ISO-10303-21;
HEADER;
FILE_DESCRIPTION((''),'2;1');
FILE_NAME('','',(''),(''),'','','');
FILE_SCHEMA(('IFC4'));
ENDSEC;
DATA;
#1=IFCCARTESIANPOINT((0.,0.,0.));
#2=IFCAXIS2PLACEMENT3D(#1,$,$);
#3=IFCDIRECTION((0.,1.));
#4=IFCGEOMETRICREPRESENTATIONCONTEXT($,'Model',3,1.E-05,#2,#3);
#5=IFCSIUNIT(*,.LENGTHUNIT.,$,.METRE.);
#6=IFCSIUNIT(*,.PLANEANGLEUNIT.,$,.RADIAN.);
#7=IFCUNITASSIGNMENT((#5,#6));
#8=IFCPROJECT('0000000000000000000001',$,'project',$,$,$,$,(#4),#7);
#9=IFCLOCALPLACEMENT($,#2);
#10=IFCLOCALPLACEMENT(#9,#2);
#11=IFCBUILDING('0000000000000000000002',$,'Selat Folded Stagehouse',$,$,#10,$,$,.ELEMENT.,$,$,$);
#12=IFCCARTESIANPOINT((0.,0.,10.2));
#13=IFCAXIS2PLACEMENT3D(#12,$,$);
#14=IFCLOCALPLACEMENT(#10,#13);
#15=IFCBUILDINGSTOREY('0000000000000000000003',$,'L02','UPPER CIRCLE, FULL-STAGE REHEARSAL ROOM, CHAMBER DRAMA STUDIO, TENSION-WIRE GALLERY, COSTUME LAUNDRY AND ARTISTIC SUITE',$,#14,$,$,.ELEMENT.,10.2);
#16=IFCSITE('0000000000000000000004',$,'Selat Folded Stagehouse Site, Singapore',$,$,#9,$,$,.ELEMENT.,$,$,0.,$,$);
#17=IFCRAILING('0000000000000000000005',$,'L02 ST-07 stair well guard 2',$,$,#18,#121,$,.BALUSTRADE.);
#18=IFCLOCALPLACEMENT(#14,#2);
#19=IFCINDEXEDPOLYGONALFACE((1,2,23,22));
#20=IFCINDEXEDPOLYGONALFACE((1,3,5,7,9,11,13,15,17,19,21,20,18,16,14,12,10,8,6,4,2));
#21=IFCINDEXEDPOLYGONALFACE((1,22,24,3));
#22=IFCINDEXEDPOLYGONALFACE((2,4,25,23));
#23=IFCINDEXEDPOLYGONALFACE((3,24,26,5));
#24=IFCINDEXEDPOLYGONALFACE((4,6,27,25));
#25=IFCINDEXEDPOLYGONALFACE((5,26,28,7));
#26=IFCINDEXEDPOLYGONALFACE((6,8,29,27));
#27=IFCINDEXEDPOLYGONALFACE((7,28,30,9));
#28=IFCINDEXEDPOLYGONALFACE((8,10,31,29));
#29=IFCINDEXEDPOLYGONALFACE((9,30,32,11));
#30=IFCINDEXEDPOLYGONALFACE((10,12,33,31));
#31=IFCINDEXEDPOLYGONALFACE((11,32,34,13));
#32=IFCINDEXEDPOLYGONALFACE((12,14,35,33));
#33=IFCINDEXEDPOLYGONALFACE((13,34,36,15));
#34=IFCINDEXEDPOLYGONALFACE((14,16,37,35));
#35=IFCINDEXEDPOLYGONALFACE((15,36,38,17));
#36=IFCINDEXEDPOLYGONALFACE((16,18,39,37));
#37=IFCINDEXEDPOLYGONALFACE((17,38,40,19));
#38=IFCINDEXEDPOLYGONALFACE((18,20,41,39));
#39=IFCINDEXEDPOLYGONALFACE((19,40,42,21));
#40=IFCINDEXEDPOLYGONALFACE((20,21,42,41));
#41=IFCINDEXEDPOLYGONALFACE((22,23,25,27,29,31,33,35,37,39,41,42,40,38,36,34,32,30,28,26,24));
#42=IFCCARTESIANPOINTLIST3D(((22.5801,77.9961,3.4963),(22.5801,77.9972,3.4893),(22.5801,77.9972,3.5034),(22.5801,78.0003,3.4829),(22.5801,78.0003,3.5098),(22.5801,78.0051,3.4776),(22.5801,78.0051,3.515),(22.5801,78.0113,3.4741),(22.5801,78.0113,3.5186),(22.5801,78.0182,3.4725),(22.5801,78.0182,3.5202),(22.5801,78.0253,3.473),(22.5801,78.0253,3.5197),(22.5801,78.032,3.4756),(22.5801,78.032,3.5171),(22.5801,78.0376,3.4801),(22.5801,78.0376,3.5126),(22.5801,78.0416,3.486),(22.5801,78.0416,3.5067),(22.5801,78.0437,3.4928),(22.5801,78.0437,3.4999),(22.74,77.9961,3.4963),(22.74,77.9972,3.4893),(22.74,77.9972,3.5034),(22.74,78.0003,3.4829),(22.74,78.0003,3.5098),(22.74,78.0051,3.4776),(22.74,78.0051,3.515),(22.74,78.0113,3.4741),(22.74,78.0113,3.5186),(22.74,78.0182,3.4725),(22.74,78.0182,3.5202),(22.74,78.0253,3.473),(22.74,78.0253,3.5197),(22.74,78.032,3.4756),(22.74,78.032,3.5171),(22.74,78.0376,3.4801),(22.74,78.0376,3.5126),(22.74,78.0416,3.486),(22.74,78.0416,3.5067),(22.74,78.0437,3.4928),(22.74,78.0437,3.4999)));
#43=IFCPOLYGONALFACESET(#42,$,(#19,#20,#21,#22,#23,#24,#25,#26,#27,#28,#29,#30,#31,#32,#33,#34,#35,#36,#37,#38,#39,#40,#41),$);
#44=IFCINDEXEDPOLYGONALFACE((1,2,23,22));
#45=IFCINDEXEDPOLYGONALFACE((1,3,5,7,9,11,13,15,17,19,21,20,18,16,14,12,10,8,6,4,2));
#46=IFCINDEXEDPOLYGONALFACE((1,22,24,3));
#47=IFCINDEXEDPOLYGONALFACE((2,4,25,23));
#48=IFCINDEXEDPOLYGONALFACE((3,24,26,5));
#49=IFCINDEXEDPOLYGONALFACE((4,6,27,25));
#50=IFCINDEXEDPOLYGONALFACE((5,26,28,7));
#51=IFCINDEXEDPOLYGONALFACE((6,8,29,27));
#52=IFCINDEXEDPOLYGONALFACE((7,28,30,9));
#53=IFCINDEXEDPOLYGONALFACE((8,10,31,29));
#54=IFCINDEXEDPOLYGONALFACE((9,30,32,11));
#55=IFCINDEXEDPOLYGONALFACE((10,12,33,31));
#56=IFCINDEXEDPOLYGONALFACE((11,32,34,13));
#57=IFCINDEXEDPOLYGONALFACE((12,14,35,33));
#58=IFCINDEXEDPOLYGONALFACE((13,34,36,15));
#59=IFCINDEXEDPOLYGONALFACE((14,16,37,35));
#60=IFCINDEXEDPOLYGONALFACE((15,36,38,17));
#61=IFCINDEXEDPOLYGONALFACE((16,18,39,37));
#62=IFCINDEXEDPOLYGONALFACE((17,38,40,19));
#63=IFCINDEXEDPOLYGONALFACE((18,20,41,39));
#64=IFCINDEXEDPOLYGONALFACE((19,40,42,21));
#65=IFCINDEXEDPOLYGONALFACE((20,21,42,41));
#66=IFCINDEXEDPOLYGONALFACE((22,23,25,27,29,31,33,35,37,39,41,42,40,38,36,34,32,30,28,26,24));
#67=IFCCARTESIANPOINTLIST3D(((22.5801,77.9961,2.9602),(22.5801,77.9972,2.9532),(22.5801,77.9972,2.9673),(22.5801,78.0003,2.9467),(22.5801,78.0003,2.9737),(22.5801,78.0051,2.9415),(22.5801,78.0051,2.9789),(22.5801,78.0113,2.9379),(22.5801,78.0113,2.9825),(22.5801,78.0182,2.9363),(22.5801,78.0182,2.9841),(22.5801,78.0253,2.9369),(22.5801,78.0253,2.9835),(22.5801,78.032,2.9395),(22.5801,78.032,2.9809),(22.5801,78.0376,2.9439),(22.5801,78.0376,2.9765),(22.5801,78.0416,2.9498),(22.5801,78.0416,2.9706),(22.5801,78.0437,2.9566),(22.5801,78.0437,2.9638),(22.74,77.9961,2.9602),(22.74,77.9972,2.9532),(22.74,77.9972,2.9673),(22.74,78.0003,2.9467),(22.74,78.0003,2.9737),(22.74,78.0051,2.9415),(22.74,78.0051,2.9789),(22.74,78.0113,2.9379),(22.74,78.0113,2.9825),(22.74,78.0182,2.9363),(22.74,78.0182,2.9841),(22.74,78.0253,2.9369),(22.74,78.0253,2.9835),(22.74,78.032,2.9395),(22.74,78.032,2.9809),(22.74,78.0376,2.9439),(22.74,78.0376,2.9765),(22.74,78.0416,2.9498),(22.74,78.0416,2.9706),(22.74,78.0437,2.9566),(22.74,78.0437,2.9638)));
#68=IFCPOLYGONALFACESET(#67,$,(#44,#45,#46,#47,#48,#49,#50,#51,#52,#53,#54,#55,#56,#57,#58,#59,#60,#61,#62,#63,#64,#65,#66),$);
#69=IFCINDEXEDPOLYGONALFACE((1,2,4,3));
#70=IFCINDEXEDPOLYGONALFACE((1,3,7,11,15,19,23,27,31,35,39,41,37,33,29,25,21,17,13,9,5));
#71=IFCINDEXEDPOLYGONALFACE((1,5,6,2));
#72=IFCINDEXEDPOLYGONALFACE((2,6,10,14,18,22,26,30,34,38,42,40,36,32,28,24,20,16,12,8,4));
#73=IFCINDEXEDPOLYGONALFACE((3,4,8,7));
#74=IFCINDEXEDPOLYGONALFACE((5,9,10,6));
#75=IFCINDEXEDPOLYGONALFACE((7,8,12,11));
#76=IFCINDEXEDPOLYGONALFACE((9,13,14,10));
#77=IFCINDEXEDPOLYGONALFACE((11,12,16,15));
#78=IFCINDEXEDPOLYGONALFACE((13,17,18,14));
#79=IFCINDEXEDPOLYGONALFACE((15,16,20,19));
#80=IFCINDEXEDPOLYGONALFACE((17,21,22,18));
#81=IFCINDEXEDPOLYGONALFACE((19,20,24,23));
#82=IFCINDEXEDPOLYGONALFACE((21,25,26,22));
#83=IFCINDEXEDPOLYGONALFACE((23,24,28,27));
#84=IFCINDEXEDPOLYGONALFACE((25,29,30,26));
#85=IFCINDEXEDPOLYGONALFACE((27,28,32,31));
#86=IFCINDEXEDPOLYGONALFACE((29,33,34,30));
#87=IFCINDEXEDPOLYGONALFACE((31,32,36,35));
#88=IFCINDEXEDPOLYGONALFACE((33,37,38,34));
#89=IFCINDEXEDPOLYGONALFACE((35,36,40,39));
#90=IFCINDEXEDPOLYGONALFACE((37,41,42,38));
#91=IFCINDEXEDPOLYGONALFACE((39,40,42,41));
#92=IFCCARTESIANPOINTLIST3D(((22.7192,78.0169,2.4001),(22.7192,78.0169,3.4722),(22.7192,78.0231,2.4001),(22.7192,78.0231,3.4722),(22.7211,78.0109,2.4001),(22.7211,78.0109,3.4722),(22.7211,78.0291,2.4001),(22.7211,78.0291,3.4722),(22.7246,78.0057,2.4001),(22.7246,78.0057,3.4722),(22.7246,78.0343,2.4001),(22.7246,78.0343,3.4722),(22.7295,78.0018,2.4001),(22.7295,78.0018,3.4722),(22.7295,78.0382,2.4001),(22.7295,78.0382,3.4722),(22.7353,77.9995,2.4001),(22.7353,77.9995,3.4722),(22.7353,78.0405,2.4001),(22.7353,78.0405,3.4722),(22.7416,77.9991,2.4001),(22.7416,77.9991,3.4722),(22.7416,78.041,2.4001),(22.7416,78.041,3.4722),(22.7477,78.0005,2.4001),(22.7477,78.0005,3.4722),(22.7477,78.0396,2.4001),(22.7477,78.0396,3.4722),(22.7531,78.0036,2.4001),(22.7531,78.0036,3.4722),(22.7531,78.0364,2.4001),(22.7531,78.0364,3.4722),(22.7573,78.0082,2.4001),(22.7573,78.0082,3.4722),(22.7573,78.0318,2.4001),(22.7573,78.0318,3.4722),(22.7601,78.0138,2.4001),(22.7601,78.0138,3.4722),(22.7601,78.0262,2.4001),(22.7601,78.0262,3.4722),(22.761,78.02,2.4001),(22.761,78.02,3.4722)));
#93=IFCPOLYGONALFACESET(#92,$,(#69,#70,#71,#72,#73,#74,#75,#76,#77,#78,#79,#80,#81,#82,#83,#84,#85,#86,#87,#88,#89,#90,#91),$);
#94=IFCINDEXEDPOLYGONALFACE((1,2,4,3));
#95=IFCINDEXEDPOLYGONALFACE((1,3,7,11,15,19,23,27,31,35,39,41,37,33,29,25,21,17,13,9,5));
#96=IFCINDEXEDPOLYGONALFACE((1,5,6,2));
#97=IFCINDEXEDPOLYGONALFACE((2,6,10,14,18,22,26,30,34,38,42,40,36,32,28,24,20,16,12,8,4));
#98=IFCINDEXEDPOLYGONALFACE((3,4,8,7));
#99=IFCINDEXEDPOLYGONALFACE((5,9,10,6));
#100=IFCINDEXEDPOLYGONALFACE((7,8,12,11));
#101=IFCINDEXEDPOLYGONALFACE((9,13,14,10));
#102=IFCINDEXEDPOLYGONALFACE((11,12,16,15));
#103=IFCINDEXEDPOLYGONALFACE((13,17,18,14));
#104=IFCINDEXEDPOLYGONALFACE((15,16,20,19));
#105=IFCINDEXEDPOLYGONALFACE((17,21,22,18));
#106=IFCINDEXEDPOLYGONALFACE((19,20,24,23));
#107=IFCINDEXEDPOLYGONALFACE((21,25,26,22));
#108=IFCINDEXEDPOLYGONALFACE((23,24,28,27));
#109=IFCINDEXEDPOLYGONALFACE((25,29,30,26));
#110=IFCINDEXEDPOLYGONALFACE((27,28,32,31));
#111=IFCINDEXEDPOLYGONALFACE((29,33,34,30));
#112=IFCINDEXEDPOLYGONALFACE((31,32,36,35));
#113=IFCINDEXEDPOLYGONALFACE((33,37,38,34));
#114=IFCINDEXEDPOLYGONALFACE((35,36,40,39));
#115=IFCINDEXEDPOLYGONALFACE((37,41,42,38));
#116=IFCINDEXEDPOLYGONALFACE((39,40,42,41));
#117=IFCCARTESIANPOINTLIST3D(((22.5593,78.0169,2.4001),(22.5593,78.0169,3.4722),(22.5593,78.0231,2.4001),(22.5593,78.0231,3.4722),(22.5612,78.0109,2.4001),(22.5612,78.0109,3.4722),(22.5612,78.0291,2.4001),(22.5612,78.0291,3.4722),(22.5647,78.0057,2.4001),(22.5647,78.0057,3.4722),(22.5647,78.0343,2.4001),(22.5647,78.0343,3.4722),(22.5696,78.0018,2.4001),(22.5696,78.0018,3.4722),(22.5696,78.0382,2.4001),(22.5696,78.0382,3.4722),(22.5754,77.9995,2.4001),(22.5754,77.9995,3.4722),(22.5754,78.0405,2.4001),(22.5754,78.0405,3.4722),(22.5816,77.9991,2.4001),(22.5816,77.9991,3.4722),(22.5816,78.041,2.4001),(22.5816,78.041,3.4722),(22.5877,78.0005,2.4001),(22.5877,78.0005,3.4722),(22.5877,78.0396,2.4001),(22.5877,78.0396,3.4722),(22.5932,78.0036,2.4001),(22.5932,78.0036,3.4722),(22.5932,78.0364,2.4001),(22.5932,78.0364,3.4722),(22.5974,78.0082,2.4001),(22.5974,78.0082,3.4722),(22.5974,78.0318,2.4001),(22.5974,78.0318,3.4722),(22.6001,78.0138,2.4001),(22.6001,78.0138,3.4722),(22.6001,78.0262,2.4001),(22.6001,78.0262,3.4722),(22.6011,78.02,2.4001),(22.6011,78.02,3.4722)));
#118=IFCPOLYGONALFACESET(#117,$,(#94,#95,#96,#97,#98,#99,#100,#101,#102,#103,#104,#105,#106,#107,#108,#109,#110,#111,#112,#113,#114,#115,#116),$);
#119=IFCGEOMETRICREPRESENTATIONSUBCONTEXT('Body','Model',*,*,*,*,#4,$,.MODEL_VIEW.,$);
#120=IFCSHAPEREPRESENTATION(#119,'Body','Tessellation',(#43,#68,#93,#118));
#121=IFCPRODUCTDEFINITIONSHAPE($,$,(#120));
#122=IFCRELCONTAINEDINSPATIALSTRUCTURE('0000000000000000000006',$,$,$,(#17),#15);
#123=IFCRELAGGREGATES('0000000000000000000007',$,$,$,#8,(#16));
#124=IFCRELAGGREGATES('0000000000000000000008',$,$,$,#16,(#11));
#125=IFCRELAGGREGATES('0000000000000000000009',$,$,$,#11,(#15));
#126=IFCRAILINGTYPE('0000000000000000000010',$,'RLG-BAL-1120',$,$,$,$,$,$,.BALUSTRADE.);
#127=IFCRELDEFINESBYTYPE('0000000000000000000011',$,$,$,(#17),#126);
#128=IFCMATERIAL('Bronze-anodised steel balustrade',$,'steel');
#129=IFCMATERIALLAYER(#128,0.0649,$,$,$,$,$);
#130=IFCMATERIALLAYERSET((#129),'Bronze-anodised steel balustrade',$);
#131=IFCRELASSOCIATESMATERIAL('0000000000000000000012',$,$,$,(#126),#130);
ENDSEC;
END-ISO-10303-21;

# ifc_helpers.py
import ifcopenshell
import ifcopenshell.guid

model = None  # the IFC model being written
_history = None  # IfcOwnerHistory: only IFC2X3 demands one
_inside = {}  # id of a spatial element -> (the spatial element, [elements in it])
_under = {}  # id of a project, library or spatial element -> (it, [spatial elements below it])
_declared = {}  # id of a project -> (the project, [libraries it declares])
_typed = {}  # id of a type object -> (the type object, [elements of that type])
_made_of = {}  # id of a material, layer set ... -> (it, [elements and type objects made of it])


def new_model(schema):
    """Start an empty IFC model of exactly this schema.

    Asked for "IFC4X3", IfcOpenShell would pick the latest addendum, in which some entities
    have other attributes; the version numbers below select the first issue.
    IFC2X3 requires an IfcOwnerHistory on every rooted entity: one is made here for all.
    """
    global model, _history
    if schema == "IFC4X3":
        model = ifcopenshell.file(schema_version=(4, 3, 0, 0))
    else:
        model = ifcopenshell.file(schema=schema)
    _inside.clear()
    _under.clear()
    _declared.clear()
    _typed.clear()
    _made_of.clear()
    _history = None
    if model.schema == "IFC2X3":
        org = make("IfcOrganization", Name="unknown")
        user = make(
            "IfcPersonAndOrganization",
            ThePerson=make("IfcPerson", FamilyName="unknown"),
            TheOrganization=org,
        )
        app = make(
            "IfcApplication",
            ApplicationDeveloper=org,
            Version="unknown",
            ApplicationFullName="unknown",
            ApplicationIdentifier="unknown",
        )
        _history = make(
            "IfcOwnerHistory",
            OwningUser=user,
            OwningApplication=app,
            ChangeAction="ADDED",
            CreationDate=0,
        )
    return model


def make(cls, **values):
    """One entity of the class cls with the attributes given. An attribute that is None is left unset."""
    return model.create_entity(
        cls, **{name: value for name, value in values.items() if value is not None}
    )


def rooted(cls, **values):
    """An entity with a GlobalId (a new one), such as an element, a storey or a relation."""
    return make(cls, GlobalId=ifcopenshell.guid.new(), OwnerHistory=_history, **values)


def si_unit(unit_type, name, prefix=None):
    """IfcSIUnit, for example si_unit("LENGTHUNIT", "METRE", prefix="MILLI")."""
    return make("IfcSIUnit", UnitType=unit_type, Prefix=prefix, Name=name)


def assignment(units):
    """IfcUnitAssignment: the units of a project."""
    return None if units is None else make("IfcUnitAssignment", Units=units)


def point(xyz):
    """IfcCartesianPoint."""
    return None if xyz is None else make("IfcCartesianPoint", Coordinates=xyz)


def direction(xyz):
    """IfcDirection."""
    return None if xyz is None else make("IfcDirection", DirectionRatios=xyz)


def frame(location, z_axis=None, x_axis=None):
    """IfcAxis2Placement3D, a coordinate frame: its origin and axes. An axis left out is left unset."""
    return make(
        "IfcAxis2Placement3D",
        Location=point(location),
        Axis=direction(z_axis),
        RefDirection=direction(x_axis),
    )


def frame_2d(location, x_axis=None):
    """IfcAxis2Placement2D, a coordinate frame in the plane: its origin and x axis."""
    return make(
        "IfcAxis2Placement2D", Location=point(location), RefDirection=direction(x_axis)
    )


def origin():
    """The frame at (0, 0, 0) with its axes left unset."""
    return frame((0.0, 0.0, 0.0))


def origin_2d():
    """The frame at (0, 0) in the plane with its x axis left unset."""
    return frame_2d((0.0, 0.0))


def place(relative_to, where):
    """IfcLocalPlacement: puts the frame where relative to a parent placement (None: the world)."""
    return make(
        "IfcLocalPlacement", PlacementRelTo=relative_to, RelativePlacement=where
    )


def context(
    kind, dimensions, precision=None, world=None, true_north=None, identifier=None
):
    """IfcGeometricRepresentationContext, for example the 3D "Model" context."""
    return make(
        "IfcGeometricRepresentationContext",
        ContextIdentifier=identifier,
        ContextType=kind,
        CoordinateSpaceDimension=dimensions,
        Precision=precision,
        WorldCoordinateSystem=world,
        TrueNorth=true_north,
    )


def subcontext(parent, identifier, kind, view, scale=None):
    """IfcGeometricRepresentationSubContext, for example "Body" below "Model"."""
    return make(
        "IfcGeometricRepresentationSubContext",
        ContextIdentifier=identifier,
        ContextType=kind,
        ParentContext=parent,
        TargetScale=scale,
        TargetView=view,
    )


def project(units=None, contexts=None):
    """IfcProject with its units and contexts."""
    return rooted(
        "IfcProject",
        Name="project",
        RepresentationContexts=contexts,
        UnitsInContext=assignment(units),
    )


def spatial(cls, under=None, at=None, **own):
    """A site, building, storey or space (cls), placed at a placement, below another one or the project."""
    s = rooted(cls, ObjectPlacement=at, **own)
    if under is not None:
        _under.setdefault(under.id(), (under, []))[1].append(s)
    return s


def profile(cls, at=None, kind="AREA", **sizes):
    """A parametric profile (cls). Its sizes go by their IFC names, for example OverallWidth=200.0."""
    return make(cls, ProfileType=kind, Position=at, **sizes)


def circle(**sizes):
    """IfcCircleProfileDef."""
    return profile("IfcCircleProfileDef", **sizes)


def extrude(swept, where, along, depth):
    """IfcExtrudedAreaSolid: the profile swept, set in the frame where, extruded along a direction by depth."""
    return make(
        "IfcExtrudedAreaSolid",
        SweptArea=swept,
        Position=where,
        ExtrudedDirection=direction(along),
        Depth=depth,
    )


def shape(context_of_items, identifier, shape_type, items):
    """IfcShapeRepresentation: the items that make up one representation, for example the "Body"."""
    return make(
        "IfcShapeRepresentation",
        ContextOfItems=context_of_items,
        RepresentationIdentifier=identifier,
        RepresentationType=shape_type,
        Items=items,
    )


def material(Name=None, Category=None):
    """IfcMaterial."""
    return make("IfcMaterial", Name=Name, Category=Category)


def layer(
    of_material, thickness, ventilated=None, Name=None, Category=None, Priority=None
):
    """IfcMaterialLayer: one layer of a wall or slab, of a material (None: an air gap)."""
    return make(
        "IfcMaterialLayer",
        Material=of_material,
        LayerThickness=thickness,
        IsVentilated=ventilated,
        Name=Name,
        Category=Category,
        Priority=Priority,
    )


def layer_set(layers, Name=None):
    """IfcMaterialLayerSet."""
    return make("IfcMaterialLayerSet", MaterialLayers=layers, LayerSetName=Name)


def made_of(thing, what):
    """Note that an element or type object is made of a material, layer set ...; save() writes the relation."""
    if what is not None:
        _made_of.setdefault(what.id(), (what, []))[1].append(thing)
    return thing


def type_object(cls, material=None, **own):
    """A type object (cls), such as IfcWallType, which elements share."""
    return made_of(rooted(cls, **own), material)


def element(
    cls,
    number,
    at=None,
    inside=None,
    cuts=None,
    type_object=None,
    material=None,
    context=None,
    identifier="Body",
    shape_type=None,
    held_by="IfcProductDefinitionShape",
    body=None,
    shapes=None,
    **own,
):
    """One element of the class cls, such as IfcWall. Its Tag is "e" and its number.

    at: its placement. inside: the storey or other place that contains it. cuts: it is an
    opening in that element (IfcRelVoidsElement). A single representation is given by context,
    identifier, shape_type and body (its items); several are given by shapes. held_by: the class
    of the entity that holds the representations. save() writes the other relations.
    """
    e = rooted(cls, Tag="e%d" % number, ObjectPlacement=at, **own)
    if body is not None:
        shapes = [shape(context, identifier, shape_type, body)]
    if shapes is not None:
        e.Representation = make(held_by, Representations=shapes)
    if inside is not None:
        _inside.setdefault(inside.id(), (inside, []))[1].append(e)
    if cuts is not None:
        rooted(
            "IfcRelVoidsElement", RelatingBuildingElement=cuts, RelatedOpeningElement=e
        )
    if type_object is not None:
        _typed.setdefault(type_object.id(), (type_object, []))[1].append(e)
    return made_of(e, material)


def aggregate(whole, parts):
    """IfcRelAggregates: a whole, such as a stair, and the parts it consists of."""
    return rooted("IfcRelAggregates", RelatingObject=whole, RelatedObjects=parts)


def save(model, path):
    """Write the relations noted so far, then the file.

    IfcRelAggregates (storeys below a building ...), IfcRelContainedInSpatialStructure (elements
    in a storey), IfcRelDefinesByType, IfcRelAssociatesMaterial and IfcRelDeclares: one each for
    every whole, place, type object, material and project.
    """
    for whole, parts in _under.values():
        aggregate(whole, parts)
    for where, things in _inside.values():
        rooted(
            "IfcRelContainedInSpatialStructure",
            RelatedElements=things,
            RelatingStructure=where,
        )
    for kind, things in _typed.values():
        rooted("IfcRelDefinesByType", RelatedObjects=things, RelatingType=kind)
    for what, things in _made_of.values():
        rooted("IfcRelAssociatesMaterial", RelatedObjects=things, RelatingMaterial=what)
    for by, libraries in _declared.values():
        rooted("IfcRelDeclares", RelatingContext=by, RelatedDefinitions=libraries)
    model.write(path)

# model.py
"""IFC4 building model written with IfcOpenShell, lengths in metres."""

from ifc_helpers import new_model, si_unit, direction, frame, origin, origin_2d, place, context, subcontext, project, spatial, circle, extrude, material, layer, layer_set, type_object, element, save


model = new_model("IFC4")

# Units and contexts
model_context = context("Model", 3, precision=1e-05, world=origin(), true_north=direction((0.0, 1.0)))
body_context = subcontext(model_context, "Body", "Model", "MODEL_VIEW")
ifc_project = project(units=[si_unit("LENGTHUNIT", "METRE"), si_unit("PLANEANGLEUNIT", "RADIAN")], contexts=[model_context])

# Site, building, storey
site_placement = place(None, origin())
site = spatial("IfcSite", under=ifc_project, at=site_placement, Name="Selat Folded Stagehouse Site, Singapore", CompositionType="ELEMENT", RefElevation=0.0)
building_placement = place(site_placement, origin())
building = spatial("IfcBuilding", under=site, at=building_placement, Name="Selat Folded Stagehouse", CompositionType="ELEMENT")
storey_placement = place(building_placement, frame((0.0, 0.0, 10.2)))
storey = spatial("IfcBuildingStorey", under=building, at=storey_placement, Name="L02", Description="UPPER CIRCLE, FULL-STAGE REHEARSAL ROOM, CHAMBER DRAMA STUDIO, TENSION-WIRE GALLERY, COSTUME LAUNDRY AND ARTISTIC SUITE", CompositionType="ELEMENT", Elevation=10.2)

# Railing
ifc_material_1 = material(Name="Bronze-anodised steel balustrade", Category="steel")
ifc_layer_1 = layer(ifc_material_1, 0.0649)
ifc_layer_set_1 = layer_set([ifc_layer_1], Name="Bronze-anodised steel balustrade")
railing_type_1 = type_object("IfcRailingType", Name="RLG-BAL-1120", PredefinedType="BALUSTRADE", material=ifc_layer_set_1)
railing_1_placement = place(storey_placement, frame((22.74, 78.02, 2.4001)))
element("IfcRailing", 1, at=railing_1_placement, inside=storey, type_object=railing_type_1, Name="L02 ST-07 stair well guard 2", PredefinedType="BALUSTRADE", context=body_context, shape_type="SweptSolid", body=[
    extrude(circle(Radius=0.0239, at=origin_2d()), frame((0.0, 0.0, 1.0962), z_axis=(-1.0, 0.0, 0.0), x_axis=(0.0, -1.0, 0.0)), (0.0, 0.0, 1.0), 0.1599),
    extrude(circle(Radius=0.0239, at=origin_2d()), frame((0.0, 0.0, 0.5601), z_axis=(-1.0, 0.0, 0.0), x_axis=(0.0, -1.0, 0.0)), (0.0, 0.0, 1.0), 0.1599),
    extrude(circle(Radius=0.021, at=origin_2d()), origin(), (0.0, 0.0, 1.0), 1.072),
    extrude(circle(Radius=0.021, at=origin_2d()), frame((-0.1599, 0.0, 0.0)), (0.0, 0.0, 1.0), 1.072),
])

save(model, "model.ifc")
